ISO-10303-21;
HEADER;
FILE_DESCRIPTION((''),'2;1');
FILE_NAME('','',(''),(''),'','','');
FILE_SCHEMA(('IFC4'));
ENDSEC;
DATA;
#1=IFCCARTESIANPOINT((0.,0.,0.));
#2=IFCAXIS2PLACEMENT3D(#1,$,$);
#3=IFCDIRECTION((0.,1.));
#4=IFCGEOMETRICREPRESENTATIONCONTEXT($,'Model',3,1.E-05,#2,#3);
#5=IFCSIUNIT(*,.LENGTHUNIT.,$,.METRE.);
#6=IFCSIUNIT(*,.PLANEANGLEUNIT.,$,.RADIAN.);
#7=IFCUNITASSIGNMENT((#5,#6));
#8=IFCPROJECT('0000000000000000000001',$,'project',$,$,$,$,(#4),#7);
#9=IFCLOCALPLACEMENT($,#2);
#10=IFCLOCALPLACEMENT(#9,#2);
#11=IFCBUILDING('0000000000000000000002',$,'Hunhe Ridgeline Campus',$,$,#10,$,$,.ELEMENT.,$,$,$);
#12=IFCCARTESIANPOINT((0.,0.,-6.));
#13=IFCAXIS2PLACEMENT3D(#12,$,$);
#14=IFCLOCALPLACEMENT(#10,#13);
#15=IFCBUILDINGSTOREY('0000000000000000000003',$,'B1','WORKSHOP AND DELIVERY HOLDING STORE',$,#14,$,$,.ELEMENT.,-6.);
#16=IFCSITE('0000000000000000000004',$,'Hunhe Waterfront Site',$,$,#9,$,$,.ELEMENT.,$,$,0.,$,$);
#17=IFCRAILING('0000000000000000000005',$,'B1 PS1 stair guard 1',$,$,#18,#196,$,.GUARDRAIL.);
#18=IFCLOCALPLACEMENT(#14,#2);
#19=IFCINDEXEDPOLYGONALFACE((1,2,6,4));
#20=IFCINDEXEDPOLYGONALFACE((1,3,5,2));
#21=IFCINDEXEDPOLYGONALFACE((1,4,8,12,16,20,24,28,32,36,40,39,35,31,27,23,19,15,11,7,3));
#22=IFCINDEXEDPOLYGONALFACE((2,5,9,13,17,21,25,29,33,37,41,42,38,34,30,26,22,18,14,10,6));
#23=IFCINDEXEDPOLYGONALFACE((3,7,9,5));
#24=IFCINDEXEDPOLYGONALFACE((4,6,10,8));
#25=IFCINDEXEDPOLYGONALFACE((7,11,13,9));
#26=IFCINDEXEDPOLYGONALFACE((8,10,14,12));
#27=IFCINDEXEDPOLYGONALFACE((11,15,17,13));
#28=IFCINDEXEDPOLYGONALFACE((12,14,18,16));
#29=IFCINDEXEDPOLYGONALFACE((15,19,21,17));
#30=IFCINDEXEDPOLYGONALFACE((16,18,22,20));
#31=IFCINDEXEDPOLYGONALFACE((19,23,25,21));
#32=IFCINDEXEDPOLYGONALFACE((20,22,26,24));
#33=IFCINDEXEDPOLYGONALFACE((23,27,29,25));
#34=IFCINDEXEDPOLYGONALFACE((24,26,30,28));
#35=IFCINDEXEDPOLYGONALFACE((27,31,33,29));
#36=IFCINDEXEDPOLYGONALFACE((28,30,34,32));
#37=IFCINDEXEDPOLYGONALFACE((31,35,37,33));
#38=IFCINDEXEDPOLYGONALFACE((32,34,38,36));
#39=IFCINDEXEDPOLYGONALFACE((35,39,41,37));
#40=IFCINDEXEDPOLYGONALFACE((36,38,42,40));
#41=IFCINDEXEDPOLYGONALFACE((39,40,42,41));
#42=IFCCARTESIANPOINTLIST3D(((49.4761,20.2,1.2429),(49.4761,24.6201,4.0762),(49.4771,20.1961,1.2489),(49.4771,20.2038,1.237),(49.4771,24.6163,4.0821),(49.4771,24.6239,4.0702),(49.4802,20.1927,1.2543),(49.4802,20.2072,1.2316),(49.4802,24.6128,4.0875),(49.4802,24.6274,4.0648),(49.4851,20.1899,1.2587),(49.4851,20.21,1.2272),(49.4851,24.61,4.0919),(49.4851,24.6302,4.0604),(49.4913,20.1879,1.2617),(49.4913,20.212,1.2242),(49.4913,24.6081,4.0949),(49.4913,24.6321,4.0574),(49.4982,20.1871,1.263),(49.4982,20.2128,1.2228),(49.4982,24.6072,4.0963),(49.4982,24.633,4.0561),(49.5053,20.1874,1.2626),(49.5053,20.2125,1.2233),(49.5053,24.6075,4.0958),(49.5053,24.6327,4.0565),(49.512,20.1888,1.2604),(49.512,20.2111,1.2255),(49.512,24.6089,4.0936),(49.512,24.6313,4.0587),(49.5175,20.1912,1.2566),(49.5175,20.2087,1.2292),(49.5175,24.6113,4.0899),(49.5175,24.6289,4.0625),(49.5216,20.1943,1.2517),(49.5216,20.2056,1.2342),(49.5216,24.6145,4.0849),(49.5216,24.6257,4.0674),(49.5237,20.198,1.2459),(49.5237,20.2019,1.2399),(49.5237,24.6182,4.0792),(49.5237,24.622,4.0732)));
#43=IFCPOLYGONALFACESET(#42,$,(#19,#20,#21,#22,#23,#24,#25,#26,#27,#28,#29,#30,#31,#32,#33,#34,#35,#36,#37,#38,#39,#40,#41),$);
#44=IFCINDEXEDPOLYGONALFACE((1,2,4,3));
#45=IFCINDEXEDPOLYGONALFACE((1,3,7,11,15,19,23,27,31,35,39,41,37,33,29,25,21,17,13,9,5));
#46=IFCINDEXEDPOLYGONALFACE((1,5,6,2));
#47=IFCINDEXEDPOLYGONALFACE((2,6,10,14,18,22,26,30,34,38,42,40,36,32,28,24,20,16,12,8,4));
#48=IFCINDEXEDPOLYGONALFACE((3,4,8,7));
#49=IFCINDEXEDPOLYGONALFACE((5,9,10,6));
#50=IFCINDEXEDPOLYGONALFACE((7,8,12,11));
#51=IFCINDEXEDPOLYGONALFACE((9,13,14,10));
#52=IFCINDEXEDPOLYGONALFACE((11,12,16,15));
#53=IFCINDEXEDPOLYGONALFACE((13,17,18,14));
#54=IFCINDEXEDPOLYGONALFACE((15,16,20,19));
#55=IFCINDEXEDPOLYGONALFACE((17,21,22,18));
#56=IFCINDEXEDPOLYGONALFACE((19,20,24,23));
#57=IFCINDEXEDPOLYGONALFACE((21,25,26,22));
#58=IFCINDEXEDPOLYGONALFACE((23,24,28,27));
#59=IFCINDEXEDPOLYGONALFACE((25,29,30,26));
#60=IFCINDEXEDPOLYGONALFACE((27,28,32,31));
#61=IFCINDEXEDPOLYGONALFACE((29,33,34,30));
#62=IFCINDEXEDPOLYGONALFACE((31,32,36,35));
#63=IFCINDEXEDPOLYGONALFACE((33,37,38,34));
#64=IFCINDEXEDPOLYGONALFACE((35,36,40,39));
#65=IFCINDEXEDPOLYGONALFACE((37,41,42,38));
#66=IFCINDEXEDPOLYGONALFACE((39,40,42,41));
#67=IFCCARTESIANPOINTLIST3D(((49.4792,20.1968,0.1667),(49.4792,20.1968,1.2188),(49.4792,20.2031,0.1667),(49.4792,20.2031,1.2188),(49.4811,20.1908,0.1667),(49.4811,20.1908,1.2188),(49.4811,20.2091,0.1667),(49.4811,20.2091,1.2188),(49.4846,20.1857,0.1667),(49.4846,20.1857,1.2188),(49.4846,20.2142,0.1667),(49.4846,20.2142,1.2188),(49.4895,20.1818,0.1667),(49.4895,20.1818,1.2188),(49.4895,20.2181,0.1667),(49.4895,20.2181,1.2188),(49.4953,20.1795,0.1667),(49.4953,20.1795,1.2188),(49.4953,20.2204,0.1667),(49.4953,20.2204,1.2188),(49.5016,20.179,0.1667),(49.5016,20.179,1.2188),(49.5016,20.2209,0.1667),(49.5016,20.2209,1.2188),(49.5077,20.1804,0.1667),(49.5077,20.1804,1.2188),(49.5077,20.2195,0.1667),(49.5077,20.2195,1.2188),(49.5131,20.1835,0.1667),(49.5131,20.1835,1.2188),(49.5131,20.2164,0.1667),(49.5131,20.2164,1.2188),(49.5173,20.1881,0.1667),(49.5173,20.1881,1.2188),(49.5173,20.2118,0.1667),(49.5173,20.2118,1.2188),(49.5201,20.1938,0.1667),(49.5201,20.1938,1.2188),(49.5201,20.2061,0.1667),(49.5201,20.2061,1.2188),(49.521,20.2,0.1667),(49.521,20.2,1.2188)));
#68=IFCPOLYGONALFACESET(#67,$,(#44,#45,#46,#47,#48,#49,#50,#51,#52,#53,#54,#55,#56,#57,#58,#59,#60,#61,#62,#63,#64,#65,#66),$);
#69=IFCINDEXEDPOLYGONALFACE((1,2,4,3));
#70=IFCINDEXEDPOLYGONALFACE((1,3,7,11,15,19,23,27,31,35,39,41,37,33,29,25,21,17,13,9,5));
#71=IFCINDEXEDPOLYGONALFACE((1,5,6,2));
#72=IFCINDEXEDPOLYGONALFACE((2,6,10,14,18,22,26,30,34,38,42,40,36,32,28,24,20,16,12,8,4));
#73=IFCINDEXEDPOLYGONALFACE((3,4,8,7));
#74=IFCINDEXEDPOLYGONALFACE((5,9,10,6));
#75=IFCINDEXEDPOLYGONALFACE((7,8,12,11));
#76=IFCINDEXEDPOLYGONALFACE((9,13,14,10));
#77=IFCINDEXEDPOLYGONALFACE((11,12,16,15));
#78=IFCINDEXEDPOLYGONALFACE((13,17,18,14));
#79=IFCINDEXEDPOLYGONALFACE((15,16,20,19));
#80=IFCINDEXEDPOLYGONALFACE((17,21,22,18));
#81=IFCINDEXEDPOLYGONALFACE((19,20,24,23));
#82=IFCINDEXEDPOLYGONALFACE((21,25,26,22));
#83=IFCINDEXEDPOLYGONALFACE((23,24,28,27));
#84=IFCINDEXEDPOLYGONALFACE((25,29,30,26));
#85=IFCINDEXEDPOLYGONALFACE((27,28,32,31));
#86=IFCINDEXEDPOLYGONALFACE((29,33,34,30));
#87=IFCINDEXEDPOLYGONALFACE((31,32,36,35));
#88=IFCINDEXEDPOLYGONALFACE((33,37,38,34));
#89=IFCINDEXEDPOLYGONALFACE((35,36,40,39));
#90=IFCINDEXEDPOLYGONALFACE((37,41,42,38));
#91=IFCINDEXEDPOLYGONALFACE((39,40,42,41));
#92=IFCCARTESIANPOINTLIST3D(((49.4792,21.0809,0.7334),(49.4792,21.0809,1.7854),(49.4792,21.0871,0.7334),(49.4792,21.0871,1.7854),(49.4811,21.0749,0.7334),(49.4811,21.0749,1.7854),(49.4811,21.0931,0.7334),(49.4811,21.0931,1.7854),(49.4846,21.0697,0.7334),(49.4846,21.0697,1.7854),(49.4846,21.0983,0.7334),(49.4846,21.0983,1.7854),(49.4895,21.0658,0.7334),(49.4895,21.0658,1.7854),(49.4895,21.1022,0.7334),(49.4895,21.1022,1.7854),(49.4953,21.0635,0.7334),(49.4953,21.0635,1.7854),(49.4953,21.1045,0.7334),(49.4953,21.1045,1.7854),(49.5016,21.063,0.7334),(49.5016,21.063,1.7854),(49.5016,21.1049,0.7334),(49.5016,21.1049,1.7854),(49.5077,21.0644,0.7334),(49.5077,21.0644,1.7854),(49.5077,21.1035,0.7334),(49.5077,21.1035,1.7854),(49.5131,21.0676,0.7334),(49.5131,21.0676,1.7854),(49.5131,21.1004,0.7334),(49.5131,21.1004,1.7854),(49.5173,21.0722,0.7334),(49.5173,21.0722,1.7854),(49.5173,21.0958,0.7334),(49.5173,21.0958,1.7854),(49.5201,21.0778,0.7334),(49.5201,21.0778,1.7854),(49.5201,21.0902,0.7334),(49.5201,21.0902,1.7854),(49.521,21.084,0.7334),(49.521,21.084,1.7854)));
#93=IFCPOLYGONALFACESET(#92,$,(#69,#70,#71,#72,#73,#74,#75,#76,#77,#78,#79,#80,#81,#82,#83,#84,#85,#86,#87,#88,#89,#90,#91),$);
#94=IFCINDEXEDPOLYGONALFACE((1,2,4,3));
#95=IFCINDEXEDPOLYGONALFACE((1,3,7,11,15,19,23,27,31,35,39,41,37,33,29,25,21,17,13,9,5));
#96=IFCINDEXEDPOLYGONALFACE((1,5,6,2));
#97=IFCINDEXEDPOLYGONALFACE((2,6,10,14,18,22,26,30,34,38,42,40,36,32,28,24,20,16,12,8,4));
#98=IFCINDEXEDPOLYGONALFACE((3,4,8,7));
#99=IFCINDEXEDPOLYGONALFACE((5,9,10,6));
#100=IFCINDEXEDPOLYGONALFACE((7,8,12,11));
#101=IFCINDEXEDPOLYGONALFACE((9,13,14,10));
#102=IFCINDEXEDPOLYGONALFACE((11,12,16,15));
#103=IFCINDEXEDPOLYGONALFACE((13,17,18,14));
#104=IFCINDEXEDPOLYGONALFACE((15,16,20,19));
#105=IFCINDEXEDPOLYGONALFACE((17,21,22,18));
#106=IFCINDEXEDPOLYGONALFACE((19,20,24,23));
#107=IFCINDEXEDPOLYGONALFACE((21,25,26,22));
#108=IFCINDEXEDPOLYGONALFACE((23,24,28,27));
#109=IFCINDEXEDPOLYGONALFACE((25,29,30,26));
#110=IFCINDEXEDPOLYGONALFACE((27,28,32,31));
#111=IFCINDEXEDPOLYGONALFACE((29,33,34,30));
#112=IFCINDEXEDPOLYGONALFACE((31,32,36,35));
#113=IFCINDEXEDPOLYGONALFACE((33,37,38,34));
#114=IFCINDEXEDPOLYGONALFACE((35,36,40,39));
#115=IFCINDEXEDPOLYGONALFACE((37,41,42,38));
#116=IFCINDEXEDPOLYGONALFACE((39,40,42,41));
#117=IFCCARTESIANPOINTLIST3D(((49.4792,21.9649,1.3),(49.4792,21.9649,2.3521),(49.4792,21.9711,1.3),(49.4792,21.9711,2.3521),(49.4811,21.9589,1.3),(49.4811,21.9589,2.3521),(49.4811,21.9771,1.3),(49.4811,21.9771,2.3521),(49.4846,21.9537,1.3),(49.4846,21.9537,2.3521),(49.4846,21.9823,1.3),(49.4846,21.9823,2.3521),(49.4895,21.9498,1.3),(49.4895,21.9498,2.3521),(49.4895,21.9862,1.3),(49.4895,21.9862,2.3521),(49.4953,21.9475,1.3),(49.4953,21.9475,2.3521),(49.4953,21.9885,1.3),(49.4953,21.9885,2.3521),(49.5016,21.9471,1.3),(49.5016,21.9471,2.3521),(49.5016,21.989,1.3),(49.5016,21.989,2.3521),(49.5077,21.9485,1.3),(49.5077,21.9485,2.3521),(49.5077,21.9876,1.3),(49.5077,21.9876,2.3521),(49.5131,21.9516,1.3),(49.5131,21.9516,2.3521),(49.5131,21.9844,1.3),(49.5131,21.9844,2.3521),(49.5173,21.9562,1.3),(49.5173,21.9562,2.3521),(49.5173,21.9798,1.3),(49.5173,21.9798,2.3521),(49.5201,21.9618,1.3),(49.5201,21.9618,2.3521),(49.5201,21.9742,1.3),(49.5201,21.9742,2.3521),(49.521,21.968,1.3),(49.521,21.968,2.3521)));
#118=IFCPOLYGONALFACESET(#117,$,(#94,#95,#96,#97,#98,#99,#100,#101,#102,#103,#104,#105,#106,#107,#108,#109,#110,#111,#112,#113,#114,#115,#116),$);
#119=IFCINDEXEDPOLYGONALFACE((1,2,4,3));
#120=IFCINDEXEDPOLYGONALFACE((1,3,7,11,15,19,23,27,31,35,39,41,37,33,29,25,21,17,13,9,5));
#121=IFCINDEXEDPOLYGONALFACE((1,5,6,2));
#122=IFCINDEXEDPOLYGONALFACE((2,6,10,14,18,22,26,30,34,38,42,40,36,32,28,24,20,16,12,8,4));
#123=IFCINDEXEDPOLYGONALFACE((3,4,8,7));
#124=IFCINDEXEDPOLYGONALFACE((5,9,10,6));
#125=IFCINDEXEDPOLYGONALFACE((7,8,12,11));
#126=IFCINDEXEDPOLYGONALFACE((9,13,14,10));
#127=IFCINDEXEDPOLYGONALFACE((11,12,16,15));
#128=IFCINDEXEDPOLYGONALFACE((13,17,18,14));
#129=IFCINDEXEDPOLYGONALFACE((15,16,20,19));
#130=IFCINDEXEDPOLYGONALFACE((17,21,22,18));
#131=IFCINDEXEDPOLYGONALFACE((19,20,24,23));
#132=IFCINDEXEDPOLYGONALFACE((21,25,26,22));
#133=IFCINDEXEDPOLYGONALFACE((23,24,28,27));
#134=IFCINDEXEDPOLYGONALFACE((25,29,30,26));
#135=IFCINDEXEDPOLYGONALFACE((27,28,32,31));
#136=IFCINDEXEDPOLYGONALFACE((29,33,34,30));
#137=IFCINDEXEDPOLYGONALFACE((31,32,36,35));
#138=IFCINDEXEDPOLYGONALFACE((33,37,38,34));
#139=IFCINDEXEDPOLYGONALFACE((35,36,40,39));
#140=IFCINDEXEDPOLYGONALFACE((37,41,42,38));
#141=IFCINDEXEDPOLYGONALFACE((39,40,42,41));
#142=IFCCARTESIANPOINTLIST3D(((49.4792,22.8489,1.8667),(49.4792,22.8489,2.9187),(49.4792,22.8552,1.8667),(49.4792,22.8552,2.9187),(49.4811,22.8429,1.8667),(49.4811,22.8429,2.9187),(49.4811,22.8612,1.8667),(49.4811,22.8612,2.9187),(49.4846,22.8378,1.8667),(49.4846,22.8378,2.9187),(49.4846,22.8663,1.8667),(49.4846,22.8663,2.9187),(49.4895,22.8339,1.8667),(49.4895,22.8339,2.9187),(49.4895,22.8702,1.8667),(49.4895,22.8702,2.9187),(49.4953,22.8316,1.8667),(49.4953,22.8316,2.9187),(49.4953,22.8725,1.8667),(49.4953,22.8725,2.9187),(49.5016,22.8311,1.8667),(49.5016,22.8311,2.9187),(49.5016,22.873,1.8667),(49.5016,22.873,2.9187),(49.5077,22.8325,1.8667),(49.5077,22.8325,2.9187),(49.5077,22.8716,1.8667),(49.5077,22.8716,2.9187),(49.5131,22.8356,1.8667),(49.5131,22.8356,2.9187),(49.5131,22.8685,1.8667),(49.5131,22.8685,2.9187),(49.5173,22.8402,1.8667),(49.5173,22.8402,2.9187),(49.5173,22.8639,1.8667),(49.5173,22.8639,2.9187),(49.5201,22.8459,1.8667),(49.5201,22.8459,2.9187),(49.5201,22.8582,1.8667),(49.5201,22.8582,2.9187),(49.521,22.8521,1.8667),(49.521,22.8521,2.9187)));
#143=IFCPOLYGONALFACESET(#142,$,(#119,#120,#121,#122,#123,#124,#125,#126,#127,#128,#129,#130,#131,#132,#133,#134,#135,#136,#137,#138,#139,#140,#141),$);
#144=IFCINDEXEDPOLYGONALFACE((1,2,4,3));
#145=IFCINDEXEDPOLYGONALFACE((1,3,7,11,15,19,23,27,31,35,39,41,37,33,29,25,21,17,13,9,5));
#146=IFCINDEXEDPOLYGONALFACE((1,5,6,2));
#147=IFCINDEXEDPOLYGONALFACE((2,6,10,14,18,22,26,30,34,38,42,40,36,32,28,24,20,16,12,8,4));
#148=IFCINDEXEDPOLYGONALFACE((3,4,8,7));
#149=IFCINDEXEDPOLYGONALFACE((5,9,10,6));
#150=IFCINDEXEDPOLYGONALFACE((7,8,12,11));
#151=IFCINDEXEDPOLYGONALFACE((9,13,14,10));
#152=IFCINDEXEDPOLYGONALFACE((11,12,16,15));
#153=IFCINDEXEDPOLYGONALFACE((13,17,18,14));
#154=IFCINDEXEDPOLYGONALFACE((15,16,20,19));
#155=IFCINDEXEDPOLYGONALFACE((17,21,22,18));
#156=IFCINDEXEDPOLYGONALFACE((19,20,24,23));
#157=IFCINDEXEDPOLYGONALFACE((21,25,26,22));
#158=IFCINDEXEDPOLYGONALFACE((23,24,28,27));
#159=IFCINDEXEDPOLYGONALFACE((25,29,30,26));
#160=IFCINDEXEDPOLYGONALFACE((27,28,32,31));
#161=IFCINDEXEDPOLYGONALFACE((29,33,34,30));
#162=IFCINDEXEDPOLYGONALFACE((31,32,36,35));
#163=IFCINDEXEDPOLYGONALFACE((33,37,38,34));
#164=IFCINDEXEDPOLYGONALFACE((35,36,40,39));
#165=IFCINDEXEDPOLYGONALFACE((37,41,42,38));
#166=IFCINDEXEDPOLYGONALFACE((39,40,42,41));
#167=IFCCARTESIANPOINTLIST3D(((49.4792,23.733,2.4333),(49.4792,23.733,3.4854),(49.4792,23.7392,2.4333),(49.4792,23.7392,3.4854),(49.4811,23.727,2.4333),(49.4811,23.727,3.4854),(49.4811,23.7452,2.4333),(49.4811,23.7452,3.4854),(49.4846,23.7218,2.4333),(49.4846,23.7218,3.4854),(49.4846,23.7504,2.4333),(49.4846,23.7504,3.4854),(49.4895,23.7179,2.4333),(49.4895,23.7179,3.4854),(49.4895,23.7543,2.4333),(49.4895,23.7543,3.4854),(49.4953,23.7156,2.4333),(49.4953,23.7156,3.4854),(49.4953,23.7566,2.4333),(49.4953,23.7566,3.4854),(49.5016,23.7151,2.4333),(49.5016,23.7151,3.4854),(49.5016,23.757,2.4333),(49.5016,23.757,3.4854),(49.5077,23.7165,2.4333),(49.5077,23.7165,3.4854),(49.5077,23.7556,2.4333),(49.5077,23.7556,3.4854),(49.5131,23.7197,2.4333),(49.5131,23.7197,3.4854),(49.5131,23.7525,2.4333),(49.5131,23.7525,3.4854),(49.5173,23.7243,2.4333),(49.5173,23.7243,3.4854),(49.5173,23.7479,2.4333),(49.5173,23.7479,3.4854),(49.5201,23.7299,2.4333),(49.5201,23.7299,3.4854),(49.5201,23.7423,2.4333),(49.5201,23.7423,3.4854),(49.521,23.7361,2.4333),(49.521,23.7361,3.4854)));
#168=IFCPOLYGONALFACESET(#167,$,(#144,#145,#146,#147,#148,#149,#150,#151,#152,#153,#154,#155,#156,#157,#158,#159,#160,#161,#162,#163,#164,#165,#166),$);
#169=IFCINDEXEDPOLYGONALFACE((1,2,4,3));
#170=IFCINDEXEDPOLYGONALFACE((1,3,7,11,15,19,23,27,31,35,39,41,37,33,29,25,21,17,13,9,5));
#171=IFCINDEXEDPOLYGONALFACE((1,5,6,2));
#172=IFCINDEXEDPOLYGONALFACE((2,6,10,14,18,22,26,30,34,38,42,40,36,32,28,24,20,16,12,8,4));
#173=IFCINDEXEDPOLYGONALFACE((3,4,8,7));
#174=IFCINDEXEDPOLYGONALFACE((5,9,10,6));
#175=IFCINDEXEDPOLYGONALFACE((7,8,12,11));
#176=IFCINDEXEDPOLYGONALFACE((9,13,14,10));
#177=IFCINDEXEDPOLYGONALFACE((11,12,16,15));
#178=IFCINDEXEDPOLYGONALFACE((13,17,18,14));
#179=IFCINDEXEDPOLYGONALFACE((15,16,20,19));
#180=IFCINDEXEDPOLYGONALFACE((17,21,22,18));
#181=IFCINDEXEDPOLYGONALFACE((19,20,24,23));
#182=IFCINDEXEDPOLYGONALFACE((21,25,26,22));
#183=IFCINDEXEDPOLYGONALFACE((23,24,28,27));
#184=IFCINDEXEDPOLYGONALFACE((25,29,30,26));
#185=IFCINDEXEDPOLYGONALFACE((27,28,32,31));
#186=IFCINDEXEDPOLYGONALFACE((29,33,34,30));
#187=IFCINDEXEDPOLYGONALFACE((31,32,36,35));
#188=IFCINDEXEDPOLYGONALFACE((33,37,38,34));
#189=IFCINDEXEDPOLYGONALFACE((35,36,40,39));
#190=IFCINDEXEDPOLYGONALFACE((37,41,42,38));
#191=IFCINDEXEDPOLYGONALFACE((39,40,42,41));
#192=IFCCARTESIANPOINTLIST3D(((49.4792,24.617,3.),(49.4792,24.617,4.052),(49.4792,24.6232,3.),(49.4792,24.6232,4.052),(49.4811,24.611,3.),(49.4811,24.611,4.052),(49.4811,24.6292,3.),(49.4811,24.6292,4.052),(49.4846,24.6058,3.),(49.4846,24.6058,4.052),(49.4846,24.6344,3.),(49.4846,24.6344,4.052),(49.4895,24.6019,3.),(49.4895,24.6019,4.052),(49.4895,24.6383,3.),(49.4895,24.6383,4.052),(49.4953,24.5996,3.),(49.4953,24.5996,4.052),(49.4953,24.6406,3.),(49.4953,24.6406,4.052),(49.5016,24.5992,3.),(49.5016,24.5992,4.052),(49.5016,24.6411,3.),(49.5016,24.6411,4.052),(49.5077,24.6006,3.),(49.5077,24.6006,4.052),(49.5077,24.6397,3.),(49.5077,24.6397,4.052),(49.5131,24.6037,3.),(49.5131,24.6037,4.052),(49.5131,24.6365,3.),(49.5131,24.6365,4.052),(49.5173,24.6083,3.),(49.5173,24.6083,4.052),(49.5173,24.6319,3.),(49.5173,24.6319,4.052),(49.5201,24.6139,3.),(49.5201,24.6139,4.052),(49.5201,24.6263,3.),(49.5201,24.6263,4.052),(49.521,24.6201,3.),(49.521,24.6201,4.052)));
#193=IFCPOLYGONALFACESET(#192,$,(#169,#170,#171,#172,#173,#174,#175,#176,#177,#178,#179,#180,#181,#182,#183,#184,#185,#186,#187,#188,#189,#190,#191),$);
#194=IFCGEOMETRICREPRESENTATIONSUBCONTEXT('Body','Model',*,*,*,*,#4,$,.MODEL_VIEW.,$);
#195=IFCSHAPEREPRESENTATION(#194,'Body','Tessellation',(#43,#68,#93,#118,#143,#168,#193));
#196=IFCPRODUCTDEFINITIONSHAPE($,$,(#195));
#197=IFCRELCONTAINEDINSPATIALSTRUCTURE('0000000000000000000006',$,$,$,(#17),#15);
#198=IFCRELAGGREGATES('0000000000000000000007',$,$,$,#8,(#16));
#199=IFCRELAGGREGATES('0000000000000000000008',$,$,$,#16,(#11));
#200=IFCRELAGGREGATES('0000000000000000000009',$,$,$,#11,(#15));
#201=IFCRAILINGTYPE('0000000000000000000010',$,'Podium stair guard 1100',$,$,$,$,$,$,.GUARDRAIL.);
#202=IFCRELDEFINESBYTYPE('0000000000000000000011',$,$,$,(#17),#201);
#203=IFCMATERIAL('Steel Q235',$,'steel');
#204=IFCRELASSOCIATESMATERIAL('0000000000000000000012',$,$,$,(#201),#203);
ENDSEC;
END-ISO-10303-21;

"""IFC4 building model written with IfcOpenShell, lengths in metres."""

from ifc_helpers import new_model, si_unit, direction, frame, origin, origin_2d, place, context, subcontext, project, spatial, circle, extrude, material, type_object, element, save


model = new_model("IFC4")

# Units and contexts
model_context = context("Model", 3, precision=1e-05, world=origin(), true_north=direction((0.0, 1.0)))
body_context = subcontext(model_context, "Body", "Model", "MODEL_VIEW")
ifc_project = project(units=[si_unit("LENGTHUNIT", "METRE"), si_unit("PLANEANGLEUNIT", "RADIAN")], contexts=[model_context])

# Site, building, storey
site_placement = place(None, origin())
site = spatial("IfcSite", under=ifc_project, at=site_placement, Name="Hunhe Waterfront Site", CompositionType="ELEMENT", RefElevation=0.0)
building_placement = place(site_placement, origin())
building = spatial("IfcBuilding", under=site, at=building_placement, Name="Hunhe Ridgeline Campus", CompositionType="ELEMENT")
storey_placement = place(building_placement, frame((0.0, 0.0, -6.0)))
storey = spatial("IfcBuildingStorey", under=building, at=storey_placement, Name="B1", Description="WORKSHOP AND DELIVERY HOLDING STORE", CompositionType="ELEMENT", Elevation=-6.0)

# Shared definitions
ifc_material_1 = material(Name="Steel Q235", Category="steel")

# Railing
railing_type_1 = type_object("IfcRailingType", Name="Podium stair guard 1100", PredefinedType="GUARDRAIL", material=ifc_material_1)
railing_1_placement = place(storey_placement, frame((49.5, 20.2, 0.1667)))
element("IfcRailing", 1, at=railing_1_placement, inside=storey, type_object=railing_type_1, Name="B1 PS1 stair guard 1", PredefinedType="GUARDRAIL", context=body_context, shape_type="SweptSolid", body=[
    extrude(circle(Radius=0.0239, at=origin_2d()), frame((0.0, 0.0, 1.0762), z_axis=(0.0, 0.841895, 0.539641), x_axis=(-1.0, 0.0, 0.0)), (0.0, 0.0, 1.0), 5.2502),
    extrude(circle(Radius=0.021, at=origin_2d()), origin(), (0.0, 0.0, 1.0), 1.052),
    extrude(circle(Radius=0.021, at=origin_2d()), frame((0.0, 0.884, 0.5667)), (0.0, 0.0, 1.0), 1.052),
    extrude(circle(Radius=0.021, at=origin_2d()), frame((0.0, 1.7681, 1.1333)), (0.0, 0.0, 1.0), 1.052),
    extrude(circle(Radius=0.021, at=origin_2d()), frame((0.0, 2.6521, 1.7)), (0.0, 0.0, 1.0), 1.052),
    extrude(circle(Radius=0.021, at=origin_2d()), frame((0.0, 3.5361, 2.2666)), (0.0, 0.0, 1.0), 1.052),
    extrude(circle(Radius=0.021, at=origin_2d()), frame((0.0, 4.4202, 2.8333)), (0.0, 0.0, 1.0), 1.052),
])

save(model, "model.ifc")
